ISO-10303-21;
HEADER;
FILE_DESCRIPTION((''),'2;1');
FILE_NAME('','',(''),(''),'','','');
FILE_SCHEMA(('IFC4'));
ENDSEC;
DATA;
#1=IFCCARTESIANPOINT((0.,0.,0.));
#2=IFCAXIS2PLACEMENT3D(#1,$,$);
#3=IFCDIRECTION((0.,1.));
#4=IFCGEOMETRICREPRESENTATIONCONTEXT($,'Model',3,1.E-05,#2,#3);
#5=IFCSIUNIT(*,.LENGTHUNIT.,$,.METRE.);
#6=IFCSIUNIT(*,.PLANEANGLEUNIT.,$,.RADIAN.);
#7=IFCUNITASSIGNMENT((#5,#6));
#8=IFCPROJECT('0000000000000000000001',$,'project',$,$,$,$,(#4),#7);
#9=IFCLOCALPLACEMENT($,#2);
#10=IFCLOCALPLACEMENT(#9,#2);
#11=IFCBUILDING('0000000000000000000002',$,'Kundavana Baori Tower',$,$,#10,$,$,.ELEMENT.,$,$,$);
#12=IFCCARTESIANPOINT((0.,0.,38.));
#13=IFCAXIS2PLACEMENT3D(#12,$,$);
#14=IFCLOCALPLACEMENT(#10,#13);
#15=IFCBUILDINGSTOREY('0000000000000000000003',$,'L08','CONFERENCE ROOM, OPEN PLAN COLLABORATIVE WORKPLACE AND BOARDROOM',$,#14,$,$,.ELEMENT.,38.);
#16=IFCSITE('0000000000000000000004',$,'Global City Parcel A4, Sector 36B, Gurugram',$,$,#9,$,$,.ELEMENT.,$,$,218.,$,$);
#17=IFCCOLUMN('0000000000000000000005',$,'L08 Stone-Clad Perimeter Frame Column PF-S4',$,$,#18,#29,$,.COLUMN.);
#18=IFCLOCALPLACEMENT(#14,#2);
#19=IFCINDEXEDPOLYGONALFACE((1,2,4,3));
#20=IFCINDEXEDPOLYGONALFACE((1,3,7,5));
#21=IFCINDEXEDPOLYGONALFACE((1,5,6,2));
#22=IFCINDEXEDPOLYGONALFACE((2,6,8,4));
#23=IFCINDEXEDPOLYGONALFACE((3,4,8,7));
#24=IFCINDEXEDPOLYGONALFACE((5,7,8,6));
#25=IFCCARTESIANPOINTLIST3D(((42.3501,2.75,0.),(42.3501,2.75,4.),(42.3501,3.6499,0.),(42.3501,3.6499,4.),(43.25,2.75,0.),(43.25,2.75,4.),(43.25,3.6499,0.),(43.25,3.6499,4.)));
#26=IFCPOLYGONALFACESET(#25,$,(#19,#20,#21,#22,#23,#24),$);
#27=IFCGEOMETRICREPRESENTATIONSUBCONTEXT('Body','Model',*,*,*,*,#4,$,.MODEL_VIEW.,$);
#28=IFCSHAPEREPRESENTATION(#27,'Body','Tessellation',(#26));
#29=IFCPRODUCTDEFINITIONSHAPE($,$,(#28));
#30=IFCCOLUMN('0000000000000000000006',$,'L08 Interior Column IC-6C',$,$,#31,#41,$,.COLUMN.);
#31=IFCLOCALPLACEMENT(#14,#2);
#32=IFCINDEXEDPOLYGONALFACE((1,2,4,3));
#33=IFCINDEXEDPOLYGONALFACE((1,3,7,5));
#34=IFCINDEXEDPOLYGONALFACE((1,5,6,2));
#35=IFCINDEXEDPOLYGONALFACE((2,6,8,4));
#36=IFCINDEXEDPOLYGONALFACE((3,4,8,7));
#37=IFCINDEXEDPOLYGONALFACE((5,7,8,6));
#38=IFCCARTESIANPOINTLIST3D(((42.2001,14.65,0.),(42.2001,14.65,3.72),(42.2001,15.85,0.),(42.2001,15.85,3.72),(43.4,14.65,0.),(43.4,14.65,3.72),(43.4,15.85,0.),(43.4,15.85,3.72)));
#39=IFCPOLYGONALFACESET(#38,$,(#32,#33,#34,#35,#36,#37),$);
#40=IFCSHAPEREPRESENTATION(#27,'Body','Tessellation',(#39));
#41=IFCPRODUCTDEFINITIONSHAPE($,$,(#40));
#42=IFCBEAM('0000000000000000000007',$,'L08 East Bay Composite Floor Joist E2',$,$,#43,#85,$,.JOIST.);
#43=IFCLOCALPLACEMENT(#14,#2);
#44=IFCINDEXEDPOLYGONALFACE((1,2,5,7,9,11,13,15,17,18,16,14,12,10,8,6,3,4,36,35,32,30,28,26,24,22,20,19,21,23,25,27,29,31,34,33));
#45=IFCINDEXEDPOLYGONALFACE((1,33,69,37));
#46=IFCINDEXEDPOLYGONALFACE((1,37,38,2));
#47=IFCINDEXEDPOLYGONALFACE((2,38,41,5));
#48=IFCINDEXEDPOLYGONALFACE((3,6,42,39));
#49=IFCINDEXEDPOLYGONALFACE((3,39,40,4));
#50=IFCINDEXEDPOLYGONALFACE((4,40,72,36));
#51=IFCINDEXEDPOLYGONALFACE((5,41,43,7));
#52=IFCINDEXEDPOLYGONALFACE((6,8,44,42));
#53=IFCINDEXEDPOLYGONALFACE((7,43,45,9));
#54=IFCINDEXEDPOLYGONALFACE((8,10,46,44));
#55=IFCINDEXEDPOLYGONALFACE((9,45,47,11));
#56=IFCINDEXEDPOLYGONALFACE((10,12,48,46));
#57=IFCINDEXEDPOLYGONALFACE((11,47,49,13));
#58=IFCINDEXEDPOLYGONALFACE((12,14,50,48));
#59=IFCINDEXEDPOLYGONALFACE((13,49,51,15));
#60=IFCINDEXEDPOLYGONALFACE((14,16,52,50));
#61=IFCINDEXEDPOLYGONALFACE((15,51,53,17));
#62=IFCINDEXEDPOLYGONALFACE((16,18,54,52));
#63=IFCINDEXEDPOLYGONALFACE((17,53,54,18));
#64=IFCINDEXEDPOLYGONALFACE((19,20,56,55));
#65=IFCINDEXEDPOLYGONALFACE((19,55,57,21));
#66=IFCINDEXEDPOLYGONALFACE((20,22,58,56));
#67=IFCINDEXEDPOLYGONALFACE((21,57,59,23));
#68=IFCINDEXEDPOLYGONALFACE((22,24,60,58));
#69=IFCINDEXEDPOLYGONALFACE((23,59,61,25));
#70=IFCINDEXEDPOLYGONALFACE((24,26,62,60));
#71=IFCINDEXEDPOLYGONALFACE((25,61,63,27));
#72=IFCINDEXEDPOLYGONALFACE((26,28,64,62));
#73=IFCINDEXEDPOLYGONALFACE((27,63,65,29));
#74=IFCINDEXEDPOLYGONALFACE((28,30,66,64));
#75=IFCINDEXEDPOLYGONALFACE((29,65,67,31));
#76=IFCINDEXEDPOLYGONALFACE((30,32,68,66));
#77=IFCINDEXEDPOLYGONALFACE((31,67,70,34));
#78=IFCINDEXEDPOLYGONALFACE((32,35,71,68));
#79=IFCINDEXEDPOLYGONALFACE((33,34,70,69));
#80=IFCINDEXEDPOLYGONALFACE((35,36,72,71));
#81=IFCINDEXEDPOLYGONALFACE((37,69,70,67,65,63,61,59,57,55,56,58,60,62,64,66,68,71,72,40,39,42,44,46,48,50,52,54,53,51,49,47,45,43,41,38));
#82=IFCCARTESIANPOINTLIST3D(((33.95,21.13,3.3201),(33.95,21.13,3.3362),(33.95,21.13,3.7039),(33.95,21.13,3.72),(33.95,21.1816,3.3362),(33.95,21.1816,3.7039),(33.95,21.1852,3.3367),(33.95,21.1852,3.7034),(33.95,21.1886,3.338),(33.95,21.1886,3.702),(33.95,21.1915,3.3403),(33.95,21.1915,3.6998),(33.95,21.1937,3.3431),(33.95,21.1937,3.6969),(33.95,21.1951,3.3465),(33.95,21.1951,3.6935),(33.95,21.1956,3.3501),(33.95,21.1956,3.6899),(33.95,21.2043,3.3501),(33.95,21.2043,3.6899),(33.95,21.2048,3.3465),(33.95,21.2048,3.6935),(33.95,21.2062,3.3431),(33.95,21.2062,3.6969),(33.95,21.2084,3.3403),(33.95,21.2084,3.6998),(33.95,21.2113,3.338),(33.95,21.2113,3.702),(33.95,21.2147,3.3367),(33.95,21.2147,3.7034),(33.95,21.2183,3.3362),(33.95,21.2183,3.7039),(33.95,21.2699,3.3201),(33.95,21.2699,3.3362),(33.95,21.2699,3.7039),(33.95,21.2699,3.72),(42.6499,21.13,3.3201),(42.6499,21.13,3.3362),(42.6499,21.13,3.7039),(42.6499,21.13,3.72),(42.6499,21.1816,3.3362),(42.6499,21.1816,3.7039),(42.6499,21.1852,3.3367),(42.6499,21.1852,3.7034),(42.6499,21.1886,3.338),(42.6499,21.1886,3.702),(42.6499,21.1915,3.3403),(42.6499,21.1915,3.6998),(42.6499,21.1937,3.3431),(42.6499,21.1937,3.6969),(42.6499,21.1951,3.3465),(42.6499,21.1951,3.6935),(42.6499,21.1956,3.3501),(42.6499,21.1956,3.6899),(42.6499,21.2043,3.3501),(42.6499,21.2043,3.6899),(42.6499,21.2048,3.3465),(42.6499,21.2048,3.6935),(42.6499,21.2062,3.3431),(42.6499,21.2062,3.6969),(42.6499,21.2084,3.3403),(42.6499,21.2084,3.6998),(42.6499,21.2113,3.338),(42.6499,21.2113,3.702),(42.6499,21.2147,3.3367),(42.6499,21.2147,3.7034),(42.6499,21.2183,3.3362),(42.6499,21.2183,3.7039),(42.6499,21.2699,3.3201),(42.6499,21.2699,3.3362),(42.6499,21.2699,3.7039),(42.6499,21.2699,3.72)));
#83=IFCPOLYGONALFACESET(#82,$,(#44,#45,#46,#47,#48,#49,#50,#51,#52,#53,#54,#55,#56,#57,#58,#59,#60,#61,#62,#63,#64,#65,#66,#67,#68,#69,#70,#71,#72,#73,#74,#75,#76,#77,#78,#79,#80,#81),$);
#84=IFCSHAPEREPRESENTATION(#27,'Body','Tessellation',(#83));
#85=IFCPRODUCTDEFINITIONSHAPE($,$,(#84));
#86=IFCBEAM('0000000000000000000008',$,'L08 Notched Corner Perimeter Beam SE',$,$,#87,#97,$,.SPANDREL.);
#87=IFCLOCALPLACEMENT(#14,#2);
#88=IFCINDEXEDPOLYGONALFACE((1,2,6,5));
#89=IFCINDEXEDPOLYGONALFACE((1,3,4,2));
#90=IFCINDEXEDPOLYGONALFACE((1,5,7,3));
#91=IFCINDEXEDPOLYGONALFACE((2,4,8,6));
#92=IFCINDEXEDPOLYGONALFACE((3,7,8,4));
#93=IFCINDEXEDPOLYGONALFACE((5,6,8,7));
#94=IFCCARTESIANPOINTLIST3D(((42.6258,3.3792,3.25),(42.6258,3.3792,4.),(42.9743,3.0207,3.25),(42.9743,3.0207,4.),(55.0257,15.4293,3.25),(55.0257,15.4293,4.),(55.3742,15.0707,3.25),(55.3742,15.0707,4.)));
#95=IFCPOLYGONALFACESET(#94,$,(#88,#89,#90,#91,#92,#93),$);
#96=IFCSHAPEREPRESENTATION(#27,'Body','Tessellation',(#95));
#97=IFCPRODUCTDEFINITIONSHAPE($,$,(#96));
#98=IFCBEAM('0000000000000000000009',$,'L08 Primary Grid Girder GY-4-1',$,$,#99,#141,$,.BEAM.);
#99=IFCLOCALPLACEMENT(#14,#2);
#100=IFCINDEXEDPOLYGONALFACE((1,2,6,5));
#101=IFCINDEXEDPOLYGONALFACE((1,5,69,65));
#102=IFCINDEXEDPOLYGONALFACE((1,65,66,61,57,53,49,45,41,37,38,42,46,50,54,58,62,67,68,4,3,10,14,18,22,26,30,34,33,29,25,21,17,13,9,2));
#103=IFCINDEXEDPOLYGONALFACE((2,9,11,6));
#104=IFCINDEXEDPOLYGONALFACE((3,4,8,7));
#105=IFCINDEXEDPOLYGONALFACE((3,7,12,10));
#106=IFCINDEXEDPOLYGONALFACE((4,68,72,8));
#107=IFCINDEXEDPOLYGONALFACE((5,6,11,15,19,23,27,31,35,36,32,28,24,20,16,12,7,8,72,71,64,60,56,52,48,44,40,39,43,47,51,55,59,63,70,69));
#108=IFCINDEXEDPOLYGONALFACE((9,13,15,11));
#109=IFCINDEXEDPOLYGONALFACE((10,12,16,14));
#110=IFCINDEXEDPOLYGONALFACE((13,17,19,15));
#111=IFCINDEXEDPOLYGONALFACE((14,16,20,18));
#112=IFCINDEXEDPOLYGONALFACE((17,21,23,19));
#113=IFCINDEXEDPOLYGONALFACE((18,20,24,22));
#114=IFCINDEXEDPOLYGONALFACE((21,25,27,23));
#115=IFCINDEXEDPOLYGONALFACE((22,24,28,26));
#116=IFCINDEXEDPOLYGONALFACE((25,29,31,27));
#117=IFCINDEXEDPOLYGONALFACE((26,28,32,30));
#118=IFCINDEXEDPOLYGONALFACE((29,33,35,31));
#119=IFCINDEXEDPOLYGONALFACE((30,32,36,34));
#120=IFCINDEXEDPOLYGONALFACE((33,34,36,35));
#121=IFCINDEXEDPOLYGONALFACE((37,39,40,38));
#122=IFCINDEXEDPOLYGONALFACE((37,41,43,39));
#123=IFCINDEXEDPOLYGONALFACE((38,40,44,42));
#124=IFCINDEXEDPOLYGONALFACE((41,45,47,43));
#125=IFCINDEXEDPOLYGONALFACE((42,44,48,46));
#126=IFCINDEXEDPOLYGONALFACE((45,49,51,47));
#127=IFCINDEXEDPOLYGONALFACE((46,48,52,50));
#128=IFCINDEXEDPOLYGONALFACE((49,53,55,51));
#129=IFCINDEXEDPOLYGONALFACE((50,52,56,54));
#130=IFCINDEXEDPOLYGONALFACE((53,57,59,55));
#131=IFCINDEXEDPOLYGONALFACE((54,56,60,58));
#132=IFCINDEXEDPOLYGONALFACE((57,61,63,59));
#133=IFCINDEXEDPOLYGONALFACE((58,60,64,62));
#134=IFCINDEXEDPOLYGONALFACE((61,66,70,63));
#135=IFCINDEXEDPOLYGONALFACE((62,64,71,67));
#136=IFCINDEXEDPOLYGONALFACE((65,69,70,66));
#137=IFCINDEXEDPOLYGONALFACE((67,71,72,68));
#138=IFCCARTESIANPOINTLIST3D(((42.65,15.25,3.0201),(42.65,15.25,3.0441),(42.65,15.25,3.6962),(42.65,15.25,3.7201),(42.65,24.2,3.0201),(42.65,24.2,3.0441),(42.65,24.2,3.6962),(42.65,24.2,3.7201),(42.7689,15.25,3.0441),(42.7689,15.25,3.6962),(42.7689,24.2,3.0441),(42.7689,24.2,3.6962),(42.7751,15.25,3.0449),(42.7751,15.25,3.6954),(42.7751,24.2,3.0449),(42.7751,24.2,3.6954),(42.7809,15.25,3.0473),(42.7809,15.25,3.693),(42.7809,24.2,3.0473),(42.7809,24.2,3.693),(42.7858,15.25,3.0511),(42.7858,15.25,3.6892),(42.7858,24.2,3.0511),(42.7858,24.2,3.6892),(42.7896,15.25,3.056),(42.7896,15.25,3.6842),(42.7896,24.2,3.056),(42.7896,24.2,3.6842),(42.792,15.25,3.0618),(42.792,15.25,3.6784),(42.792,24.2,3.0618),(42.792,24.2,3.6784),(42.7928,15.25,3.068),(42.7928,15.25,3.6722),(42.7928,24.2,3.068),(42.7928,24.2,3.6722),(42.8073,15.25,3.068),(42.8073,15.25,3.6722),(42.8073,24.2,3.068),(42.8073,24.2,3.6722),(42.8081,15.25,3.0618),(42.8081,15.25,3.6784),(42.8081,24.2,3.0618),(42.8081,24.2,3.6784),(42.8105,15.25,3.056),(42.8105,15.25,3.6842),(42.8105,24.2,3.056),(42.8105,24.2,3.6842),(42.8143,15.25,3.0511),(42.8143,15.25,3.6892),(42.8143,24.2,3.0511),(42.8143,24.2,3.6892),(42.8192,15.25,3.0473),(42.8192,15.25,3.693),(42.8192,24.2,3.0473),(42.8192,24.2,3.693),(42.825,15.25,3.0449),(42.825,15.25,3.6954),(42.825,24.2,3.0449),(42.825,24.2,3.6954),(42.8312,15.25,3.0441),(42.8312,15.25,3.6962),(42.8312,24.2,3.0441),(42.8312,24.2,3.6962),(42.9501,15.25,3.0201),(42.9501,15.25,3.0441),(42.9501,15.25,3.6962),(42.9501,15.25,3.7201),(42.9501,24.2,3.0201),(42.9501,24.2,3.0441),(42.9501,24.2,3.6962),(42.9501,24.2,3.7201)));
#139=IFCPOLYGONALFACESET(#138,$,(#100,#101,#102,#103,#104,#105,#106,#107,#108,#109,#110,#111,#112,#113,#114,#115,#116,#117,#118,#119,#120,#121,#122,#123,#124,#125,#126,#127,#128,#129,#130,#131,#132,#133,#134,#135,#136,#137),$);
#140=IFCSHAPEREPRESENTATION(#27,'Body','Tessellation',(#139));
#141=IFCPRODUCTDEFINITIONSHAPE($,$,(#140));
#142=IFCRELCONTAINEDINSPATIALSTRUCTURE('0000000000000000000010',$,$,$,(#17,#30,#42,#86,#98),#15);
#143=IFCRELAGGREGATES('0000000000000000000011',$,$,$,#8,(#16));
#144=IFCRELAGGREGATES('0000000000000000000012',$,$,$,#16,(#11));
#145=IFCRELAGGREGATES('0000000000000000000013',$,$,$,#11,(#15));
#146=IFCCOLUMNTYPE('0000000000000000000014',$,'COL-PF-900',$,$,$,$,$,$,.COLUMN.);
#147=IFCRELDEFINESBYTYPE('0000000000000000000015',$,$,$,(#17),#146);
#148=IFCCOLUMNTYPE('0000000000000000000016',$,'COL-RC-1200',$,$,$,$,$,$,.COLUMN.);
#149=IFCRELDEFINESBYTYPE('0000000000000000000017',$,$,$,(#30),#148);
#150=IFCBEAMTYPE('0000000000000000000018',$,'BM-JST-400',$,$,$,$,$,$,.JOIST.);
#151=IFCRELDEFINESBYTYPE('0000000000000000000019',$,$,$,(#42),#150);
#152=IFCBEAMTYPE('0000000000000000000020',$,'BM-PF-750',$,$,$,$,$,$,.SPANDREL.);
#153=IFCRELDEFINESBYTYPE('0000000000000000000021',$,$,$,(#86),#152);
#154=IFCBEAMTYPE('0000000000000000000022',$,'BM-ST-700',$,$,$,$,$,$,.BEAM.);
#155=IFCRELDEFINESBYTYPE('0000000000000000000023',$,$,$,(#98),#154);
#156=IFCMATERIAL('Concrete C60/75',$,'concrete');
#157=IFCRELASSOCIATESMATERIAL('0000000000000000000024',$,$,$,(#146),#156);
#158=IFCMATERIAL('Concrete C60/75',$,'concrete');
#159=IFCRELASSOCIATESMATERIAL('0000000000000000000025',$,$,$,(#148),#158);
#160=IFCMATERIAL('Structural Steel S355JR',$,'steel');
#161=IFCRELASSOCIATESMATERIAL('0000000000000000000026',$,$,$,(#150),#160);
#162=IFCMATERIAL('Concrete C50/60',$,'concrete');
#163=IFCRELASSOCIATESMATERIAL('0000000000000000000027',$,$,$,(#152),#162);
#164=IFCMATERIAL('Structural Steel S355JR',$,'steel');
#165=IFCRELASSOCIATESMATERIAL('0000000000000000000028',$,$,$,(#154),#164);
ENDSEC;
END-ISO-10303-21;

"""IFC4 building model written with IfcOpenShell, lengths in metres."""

from ifc_helpers import new_model, si_unit, direction, frame, origin, origin_2d, place, context, subcontext, project, spatial, rectangle, i_section, extrude, material, material_profile, profile_set, type_object, element, save


model = new_model("IFC4")

# Units and contexts
model_context = context("Model", 3, precision=1e-05, world=origin(), true_north=direction((0.0, 1.0)))
body_context = subcontext(model_context, "Body", "Model", "MODEL_VIEW")
ifc_project = project(units=[si_unit("LENGTHUNIT", "METRE"), si_unit("PLANEANGLEUNIT", "RADIAN")], contexts=[model_context])

# Site, building, storey
site_placement = place(None, origin())
site = spatial("IfcSite", under=ifc_project, at=site_placement, Name="Global City Parcel A4, Sector 36B, Gurugram", CompositionType="ELEMENT", RefElevation=218.0)
building_placement = place(site_placement, origin())
building = spatial("IfcBuilding", under=site, at=building_placement, Name="Kundavana Baori Tower", CompositionType="ELEMENT")
storey_placement = place(building_placement, frame((0.0, 0.0, 38.0)))
storey = spatial("IfcBuildingStorey", under=building, at=storey_placement, Name="L08", Description="CONFERENCE ROOM, OPEN PLAN COLLABORATIVE WORKPLACE AND BOARDROOM", CompositionType="ELEMENT", Elevation=38.0)

# Columns
ifc_material_1 = material(Name="Concrete C60/75", Category="concrete")
ifc_material_profile_1 = material_profile(ifc_material_1, rectangle(XDim=0.8999, YDim=0.8999, at=origin_2d()), Name="RC PF 900x900")
ifc_profile_set_1 = profile_set([ifc_material_profile_1], Name="Concrete C60/75")
column_type_1 = type_object("IfcColumnType", Name="COL-PF-900", PredefinedType="COLUMN", material=ifc_profile_set_1)
column_1_placement = place(storey_placement, frame((42.8, 3.2, 0.0), z_axis=(0.0, 0.0, 1.0), x_axis=(1.0, 0.0, 0.0)))
element("IfcColumn", 1, at=column_1_placement, inside=storey, type_object=column_type_1, Name="L08 Stone-Clad Perimeter Frame Column PF-S4", PredefinedType="COLUMN", context=body_context, shape_type="SweptSolid", body=[
    extrude(rectangle(XDim=0.8999, YDim=0.8999, at=origin_2d()), origin(), (0.0, 0.0, 1.0), 4.0),
])
ifc_material_2 = material(Name="Concrete C60/75", Category="concrete")
ifc_material_profile_2 = material_profile(ifc_material_2, rectangle(XDim=1.2, YDim=1.2, at=origin_2d()), Name="RC 1200x1200")
ifc_profile_set_2 = profile_set([ifc_material_profile_2], Name="Concrete C60/75")
column_type_2 = type_object("IfcColumnType", Name="COL-RC-1200", PredefinedType="COLUMN", material=ifc_profile_set_2)
column_2_placement = place(storey_placement, frame((42.8, 15.25, 0.0), z_axis=(0.0, 0.0, 1.0), x_axis=(1.0, 0.0, 0.0)))
element("IfcColumn", 2, at=column_2_placement, inside=storey, type_object=column_type_2, Name="L08 Interior Column IC-6C", PredefinedType="COLUMN", context=body_context, shape_type="SweptSolid", body=[
    extrude(rectangle(XDim=1.2, YDim=1.2, at=origin_2d()), origin(), (0.0, 0.0, 1.0), 3.72),
])

# Beams
ifc_material_3 = material(Name="Structural Steel S355JR", Category="steel")
ifc_material_profile_3 = material_profile(ifc_material_3, i_section(OverallWidth=0.1399, OverallDepth=0.3999, WebThickness=0.0088, FlangeThickness=0.0161, FilletRadius=0.0139, at=origin_2d()), Name="ISMB 400")
ifc_profile_set_3 = profile_set([ifc_material_profile_3], Name="Structural Steel S355JR")
beam_type_1 = type_object("IfcBeamType", Name="BM-JST-400", PredefinedType="JOIST", material=ifc_profile_set_3)
beam_1_placement = place(storey_placement, frame((33.95, 21.2, 3.52), z_axis=(1.0, 0.0, 0.0), x_axis=(0.0, 1.0, 0.0)))
element("IfcBeam", 3, at=beam_1_placement, inside=storey, type_object=beam_type_1, Name="L08 East Bay Composite Floor Joist E2", PredefinedType="JOIST", context=body_context, shape_type="SweptSolid", body=[
    extrude(i_section(OverallWidth=0.1399, OverallDepth=0.3999, WebThickness=0.0088, FlangeThickness=0.0161, FilletRadius=0.0139, at=origin_2d()), origin(), (0.0, 0.0, 1.0), 8.7),
])
ifc_material_4 = material(Name="Concrete C50/60", Category="concrete")
ifc_material_profile_4 = material_profile(ifc_material_4, rectangle(XDim=0.5, YDim=0.75, at=origin_2d()), Name="RC BM 500x750")
ifc_profile_set_4 = profile_set([ifc_material_profile_4], Name="Concrete C50/60")
beam_type_2 = type_object("IfcBeamType", Name="BM-PF-750", PredefinedType="SPANDREL", material=ifc_profile_set_4)
beam_2_placement = place(storey_placement, frame((42.8, 3.2, 3.625), z_axis=(0.717151, 0.696917, 0.0), x_axis=(-0.696917, 0.717151, 0.0)))
element("IfcBeam", 4, at=beam_2_placement, inside=storey, type_object=beam_type_2, Name="L08 Notched Corner Perimeter Beam SE", PredefinedType="SPANDREL", context=body_context, shape_type="SweptSolid", body=[
    extrude(rectangle(XDim=0.5, YDim=0.75, at=origin_2d()), origin(), (0.0, 0.0, 1.0), 17.2905),
])
ifc_material_5 = material(Name="Structural Steel S355JR", Category="steel")
ifc_material_profile_5 = material_profile(ifc_material_5, i_section(OverallWidth=0.3, OverallDepth=0.7, WebThickness=0.0144, FlangeThickness=0.0239, FilletRadius=0.0239, at=origin_2d()), Name="NPB 700x300x170")
ifc_profile_set_5 = profile_set([ifc_material_profile_5], Name="Structural Steel S355JR")
beam_type_3 = type_object("IfcBeamType", Name="BM-ST-700", PredefinedType="BEAM", material=ifc_profile_set_5)
beam_3_placement = place(storey_placement, frame((42.8, 15.25, 3.3701), z_axis=(0.0, 1.0, 0.0), x_axis=(-1.0, 0.0, 0.0)))
element("IfcBeam", 5, at=beam_3_placement, inside=storey, type_object=beam_type_3, Name="L08 Primary Grid Girder GY-4-1", PredefinedType="BEAM", context=body_context, shape_type="SweptSolid", body=[
    extrude(i_section(OverallWidth=0.3, OverallDepth=0.7, WebThickness=0.0144, FlangeThickness=0.0239, FilletRadius=0.0239, at=origin_2d()), origin(), (0.0, 0.0, 1.0), 8.95),
])

save(model, "model.ifc")
